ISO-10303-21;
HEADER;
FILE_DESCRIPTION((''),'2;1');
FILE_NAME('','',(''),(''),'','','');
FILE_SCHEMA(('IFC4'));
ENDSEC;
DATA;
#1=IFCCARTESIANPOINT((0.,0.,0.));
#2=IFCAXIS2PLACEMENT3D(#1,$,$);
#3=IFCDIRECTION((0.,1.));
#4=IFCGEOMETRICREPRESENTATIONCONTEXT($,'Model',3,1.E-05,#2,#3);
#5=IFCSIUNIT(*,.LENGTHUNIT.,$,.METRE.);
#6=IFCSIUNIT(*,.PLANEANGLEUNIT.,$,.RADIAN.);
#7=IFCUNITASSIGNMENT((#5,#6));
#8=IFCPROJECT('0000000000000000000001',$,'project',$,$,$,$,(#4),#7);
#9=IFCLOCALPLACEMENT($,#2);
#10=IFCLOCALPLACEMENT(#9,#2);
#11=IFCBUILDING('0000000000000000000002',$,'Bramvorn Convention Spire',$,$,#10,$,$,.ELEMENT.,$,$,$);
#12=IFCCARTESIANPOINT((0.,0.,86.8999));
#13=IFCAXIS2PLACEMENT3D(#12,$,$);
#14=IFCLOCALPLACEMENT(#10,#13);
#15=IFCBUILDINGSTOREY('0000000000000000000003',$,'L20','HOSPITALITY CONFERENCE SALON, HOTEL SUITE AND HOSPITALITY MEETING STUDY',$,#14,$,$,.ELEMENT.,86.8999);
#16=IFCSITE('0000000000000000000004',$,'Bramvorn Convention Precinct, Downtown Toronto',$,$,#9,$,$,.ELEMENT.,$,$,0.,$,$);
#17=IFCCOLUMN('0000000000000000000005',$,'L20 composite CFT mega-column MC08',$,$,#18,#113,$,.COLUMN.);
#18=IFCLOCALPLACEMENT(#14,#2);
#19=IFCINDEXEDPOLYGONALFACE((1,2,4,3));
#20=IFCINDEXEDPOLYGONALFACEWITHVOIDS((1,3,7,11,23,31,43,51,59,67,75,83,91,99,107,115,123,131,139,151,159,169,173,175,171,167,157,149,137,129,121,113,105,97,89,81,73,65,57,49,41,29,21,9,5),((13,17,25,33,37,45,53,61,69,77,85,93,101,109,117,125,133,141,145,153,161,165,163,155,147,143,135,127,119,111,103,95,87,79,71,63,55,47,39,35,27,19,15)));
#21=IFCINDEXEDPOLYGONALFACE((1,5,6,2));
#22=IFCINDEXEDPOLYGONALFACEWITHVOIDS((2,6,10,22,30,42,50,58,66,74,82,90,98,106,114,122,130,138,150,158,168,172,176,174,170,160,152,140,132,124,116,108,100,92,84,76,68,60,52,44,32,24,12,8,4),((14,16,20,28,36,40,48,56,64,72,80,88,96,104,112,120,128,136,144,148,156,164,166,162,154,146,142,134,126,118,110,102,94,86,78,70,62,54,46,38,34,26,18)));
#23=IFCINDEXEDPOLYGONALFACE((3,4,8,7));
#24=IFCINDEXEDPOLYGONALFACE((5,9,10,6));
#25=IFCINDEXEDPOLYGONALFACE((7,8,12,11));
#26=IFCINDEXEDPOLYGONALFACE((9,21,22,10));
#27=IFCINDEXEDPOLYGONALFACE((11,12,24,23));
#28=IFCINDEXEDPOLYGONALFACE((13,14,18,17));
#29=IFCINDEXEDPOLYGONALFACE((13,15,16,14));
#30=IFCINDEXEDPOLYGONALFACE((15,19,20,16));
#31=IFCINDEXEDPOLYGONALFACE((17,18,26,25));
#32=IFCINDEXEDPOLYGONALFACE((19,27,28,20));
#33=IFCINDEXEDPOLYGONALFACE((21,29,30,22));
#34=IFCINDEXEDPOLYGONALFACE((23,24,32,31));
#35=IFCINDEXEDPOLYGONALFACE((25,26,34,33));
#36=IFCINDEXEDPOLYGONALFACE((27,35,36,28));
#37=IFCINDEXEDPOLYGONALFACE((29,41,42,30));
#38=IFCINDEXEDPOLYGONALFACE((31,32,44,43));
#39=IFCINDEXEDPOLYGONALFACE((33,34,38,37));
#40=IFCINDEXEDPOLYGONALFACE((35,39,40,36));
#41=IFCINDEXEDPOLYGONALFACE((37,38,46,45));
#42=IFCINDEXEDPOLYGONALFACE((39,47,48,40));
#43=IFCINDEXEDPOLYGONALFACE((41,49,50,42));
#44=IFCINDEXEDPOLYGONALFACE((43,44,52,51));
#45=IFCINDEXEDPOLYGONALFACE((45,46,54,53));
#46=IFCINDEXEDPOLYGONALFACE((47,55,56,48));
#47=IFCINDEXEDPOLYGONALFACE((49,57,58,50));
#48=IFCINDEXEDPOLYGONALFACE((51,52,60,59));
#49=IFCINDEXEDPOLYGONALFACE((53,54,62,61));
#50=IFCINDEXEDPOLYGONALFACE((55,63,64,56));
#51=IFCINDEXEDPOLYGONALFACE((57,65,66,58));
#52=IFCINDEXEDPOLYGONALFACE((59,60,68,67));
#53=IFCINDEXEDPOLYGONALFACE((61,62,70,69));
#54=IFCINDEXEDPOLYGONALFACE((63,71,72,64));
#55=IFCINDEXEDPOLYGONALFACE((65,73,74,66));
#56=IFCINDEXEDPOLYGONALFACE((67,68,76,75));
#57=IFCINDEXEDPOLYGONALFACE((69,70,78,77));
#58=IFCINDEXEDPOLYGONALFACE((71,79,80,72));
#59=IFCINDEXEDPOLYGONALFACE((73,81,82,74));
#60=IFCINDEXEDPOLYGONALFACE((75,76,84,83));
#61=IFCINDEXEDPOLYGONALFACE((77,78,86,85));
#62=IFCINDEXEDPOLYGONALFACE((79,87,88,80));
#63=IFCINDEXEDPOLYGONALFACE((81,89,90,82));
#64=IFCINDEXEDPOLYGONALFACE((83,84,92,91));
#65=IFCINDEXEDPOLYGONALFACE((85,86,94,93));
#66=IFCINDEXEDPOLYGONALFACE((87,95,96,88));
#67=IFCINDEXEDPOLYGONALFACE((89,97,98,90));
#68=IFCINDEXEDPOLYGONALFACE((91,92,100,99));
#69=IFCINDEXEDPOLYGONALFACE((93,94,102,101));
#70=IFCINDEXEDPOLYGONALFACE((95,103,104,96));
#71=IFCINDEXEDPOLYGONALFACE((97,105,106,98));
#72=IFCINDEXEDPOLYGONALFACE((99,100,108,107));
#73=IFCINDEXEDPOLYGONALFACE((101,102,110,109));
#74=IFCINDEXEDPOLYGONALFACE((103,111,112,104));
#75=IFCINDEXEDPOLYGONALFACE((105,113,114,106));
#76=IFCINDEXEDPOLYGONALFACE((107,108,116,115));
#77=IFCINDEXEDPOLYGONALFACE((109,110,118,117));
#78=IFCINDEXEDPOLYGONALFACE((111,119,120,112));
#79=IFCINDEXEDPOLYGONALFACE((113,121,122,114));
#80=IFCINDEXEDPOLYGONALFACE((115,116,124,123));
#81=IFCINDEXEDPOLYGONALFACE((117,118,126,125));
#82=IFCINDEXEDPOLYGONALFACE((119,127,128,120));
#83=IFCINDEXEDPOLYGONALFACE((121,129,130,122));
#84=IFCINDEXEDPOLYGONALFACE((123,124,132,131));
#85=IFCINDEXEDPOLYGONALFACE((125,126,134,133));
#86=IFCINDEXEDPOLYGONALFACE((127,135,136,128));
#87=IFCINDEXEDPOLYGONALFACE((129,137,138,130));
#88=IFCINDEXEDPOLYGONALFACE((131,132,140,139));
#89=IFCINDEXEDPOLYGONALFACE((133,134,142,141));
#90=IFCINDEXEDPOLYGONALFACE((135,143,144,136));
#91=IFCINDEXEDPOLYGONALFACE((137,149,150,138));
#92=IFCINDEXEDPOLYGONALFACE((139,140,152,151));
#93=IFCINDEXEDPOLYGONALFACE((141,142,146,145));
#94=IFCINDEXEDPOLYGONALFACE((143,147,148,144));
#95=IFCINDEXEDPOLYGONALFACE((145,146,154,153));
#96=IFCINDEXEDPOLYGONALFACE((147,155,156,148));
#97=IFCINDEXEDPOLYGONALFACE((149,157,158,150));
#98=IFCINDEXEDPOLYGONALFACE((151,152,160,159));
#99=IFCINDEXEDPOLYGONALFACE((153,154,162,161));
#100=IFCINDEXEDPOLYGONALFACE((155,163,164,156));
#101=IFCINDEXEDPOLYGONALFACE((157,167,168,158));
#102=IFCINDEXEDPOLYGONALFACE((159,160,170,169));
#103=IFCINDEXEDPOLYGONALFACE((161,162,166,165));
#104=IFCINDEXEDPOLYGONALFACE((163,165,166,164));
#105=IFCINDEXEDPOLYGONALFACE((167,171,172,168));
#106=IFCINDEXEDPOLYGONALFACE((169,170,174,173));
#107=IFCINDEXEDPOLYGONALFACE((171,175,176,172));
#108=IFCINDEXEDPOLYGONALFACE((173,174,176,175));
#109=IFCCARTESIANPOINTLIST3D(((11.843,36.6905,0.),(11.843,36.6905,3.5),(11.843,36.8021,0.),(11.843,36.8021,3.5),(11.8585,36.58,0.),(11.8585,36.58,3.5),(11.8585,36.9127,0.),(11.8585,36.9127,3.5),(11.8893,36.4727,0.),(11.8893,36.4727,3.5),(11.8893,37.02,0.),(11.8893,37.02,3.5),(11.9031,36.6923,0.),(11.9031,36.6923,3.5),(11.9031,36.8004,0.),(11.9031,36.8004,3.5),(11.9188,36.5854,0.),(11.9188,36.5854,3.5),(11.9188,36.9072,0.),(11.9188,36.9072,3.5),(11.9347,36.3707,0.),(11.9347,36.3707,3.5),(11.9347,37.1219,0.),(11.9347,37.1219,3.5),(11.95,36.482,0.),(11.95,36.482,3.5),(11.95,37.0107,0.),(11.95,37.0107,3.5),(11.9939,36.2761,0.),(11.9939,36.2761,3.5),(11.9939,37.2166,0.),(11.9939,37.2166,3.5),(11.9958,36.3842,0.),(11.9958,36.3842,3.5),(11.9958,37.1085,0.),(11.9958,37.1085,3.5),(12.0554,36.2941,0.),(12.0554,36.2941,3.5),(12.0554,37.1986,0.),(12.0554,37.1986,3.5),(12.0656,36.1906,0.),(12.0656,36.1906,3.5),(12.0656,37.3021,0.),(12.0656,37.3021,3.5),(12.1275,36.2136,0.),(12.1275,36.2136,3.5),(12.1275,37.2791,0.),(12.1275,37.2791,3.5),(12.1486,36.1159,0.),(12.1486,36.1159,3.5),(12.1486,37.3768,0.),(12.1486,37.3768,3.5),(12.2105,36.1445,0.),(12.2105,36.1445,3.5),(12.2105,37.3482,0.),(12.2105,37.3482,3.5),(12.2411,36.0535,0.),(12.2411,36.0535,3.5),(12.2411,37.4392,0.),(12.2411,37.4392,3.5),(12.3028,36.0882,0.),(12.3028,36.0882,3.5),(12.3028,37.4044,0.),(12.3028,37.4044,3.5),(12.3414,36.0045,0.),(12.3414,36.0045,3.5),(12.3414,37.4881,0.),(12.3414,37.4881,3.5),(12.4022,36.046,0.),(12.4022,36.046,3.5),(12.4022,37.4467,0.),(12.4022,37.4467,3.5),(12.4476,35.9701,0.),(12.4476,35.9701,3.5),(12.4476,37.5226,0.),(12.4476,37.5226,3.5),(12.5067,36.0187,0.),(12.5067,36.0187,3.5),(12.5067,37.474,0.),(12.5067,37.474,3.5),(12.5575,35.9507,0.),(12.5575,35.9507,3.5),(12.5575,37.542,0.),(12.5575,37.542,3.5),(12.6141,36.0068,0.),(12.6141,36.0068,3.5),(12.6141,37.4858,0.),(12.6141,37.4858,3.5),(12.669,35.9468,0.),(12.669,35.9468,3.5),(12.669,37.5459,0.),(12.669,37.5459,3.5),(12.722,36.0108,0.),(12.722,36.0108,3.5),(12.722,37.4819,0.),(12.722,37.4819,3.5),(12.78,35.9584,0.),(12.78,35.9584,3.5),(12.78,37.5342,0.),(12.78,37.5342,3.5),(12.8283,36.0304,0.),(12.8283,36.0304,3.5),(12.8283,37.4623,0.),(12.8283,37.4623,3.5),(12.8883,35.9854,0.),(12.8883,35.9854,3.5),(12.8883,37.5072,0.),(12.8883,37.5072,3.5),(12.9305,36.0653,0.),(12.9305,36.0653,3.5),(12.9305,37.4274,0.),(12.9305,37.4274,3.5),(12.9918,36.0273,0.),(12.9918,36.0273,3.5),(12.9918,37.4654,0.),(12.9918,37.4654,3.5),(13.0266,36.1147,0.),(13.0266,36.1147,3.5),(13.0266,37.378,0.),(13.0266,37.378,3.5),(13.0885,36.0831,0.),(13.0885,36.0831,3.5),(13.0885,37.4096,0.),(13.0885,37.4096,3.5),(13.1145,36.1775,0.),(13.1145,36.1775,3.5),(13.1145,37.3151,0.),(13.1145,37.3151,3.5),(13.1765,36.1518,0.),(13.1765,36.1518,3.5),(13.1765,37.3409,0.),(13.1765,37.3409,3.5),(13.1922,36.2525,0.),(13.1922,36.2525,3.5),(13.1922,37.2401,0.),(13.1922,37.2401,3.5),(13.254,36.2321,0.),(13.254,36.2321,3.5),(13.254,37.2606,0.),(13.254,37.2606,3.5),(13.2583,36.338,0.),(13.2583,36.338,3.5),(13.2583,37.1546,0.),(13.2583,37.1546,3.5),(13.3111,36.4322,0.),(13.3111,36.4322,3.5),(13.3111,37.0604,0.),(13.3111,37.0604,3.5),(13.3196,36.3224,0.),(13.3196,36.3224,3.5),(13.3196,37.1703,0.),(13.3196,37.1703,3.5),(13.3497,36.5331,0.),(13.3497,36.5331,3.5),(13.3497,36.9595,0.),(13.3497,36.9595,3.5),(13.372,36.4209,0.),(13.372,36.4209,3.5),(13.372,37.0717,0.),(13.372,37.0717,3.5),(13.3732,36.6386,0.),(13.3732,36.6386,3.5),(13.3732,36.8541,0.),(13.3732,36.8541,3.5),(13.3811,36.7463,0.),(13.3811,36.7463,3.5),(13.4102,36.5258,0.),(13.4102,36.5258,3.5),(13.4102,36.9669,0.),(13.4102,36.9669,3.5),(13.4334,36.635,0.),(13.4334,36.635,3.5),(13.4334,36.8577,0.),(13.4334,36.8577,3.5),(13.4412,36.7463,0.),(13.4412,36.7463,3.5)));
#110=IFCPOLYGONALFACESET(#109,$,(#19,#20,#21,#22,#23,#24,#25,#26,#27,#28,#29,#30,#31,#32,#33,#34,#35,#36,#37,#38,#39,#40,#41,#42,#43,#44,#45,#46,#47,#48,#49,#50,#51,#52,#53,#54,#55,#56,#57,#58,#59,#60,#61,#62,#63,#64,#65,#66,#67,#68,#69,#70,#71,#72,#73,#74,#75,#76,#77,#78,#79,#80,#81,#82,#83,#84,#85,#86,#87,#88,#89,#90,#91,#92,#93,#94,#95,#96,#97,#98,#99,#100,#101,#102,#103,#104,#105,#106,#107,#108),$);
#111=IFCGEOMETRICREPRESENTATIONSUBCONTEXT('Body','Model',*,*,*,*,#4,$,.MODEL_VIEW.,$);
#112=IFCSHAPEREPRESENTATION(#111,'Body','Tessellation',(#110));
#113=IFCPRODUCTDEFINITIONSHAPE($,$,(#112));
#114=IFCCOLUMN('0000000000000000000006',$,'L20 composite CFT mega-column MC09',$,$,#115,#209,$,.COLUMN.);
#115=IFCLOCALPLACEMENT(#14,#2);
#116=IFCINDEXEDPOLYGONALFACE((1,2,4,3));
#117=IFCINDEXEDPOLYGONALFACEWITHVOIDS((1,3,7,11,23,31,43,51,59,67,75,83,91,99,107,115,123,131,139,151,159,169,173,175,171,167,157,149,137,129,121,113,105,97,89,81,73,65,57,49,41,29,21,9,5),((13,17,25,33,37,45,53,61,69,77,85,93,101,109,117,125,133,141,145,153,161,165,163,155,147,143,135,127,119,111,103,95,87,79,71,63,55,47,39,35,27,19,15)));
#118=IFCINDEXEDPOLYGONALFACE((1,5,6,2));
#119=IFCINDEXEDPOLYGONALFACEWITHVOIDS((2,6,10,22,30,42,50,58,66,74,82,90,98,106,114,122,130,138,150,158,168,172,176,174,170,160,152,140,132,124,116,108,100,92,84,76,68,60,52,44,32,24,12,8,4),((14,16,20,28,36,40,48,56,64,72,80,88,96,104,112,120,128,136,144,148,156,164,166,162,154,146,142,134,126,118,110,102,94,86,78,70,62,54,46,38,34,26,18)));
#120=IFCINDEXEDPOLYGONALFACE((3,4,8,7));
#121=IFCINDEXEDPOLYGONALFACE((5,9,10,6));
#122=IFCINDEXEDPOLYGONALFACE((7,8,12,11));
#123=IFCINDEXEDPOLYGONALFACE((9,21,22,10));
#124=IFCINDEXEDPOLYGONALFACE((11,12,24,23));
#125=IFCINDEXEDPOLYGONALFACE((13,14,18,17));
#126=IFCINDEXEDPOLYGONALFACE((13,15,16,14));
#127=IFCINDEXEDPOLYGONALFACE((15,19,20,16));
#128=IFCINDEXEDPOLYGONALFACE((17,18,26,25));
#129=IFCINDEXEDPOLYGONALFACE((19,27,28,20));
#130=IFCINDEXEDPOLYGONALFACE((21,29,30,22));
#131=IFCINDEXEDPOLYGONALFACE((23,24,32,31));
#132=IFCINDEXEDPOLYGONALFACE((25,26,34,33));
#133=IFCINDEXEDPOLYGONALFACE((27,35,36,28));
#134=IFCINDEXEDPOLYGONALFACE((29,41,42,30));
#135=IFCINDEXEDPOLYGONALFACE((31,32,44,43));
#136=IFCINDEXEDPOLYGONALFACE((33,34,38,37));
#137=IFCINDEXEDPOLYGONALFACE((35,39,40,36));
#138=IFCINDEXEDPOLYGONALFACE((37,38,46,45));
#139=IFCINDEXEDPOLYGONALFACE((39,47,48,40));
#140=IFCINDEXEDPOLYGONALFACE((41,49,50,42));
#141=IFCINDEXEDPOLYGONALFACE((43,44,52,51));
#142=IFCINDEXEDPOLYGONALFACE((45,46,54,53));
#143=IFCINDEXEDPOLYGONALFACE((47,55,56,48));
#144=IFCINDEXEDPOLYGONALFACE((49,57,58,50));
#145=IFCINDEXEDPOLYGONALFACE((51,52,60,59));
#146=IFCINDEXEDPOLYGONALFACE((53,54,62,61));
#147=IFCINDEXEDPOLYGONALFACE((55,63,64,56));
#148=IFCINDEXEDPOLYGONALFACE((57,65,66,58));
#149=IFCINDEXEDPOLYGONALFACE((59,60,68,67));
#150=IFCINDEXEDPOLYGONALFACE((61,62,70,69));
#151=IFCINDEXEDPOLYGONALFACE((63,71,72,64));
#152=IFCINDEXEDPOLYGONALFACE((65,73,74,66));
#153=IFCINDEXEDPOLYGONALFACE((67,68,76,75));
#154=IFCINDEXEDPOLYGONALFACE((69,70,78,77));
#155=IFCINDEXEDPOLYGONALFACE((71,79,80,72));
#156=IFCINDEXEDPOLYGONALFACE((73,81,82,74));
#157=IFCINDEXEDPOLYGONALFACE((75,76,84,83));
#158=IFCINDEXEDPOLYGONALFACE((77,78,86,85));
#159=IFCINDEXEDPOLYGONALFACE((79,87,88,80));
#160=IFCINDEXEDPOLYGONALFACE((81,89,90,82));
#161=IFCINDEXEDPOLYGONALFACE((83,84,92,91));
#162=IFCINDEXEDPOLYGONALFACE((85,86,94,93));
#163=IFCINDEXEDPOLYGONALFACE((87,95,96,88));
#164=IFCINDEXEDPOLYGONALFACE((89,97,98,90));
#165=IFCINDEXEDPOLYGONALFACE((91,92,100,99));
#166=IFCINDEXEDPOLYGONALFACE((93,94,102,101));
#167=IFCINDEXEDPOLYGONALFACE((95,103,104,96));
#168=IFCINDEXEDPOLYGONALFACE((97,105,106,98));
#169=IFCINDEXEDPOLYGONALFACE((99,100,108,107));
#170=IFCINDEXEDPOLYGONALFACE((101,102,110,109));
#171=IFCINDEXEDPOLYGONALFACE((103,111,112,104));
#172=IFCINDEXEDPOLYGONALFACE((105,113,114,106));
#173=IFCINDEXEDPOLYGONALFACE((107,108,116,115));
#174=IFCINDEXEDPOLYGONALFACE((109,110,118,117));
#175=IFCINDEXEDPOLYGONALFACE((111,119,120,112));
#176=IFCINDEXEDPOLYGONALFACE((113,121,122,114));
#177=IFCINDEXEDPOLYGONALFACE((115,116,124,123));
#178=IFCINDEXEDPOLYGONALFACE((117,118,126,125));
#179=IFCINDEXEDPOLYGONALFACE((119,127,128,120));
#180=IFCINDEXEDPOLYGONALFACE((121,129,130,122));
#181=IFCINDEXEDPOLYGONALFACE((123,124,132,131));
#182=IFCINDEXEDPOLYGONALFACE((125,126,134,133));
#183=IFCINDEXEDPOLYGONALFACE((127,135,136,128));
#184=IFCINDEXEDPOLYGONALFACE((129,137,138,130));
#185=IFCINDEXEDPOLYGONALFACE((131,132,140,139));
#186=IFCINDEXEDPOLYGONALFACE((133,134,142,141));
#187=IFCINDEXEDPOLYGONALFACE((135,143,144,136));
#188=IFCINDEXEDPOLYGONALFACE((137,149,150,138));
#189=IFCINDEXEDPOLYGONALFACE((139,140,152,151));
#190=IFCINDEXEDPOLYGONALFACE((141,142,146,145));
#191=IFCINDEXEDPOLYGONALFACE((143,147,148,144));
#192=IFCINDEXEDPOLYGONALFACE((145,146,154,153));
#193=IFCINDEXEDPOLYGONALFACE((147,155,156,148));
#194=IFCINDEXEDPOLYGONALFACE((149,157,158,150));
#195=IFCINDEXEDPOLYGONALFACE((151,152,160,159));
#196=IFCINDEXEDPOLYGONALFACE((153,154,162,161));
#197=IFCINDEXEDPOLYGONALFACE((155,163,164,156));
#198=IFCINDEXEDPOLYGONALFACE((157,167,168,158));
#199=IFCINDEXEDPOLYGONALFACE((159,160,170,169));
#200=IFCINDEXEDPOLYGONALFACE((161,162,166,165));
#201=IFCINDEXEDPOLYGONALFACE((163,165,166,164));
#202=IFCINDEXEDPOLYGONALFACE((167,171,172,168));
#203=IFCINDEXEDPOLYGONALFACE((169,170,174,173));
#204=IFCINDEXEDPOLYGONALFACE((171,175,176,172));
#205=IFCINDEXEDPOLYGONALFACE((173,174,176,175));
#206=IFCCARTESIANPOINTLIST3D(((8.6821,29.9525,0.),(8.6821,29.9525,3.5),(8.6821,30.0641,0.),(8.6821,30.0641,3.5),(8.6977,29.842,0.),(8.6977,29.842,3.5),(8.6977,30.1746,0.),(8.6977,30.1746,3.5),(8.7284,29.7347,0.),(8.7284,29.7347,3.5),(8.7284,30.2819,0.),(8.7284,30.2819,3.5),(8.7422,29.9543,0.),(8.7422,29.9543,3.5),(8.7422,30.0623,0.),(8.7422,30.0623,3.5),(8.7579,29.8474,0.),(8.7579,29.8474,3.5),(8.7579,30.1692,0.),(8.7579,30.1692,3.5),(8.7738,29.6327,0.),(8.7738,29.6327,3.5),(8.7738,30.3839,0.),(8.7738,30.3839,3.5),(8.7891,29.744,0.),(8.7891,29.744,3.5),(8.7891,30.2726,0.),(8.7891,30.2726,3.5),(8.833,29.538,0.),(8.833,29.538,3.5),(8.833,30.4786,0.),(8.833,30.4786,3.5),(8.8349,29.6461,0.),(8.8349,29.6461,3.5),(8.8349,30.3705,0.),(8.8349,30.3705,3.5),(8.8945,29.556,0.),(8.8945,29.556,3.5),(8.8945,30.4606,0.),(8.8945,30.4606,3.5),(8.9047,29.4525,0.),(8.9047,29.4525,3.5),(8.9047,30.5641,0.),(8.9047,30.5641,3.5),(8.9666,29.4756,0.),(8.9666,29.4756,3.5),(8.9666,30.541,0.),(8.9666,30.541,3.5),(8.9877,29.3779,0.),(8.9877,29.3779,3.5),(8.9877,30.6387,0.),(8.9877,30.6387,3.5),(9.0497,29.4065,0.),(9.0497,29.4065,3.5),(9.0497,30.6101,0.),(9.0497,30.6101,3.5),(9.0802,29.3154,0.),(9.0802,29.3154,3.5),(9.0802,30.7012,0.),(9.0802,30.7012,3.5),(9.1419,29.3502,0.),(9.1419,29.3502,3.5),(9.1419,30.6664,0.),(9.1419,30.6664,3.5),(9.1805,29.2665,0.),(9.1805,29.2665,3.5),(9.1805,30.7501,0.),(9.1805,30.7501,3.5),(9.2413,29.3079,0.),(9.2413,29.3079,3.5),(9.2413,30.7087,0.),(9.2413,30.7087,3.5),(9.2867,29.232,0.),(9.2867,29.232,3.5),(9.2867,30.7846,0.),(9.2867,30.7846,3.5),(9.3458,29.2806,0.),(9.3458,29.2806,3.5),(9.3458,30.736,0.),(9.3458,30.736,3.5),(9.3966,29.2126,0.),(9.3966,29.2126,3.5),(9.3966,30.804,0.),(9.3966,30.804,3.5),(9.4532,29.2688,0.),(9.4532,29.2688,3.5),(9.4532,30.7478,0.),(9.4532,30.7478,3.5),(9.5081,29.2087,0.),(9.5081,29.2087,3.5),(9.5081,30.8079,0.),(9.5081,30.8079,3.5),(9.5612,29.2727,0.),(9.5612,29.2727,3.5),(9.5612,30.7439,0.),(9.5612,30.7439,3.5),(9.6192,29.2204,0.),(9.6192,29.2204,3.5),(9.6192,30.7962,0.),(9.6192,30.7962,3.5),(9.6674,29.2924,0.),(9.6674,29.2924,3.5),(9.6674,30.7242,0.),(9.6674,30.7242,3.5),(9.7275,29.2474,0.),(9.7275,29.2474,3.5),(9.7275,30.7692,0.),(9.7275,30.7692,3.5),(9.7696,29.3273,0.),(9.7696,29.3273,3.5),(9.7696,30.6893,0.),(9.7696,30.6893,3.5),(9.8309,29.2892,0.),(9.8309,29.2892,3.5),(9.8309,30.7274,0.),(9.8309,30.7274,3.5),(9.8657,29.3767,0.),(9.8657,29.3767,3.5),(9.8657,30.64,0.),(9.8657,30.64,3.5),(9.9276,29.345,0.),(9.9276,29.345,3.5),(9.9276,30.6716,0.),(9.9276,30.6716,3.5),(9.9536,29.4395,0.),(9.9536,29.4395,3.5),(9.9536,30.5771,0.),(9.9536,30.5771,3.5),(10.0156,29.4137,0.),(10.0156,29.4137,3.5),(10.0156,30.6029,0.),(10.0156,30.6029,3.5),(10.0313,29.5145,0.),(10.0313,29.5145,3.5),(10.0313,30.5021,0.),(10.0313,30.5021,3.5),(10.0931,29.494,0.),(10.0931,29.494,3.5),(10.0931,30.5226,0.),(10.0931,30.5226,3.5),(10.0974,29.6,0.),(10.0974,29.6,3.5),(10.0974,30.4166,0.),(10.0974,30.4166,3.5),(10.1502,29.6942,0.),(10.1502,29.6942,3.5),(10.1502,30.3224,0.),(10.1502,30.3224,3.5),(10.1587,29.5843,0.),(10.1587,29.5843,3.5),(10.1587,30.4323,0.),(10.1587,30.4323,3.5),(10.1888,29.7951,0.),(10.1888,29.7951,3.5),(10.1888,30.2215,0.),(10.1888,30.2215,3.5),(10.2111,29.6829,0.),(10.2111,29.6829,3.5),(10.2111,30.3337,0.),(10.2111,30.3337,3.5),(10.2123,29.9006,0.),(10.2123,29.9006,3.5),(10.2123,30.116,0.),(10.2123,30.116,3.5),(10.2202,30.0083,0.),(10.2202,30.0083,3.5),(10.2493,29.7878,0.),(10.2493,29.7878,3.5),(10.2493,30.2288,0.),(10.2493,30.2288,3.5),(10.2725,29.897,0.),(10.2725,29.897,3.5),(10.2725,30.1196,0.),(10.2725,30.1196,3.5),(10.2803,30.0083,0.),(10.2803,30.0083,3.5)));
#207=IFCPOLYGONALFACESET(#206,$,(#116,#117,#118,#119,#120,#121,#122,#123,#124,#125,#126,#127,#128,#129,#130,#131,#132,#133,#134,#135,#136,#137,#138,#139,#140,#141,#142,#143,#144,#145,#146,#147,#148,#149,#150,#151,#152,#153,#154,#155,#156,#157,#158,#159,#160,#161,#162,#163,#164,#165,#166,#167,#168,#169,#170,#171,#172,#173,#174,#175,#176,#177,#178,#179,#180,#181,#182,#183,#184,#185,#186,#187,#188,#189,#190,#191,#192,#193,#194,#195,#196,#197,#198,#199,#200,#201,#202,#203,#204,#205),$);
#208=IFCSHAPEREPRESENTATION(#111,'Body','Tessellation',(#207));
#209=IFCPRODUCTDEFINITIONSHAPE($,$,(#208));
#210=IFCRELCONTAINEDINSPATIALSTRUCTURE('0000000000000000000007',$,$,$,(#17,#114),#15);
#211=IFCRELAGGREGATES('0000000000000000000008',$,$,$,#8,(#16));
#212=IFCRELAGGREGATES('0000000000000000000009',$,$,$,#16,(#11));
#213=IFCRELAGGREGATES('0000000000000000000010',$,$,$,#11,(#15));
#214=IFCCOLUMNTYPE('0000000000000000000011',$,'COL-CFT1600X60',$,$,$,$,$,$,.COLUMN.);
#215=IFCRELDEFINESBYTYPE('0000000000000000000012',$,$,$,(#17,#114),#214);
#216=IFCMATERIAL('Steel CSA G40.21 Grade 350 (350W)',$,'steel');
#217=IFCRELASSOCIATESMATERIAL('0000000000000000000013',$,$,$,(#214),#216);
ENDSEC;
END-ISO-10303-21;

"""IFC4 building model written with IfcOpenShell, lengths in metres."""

from ifc_helpers import new_model, si_unit, direction, frame, origin, origin_2d, place, context, subcontext, project, spatial, hollow_circle, extrude, material, material_profile, profile_set, type_object, element, save


model = new_model("IFC4")

# Units and contexts
model_context = context("Model", 3, precision=1e-05, world=origin(), true_north=direction((0.0, 1.0)))
body_context = subcontext(model_context, "Body", "Model", "MODEL_VIEW")
ifc_project = project(units=[si_unit("LENGTHUNIT", "METRE"), si_unit("PLANEANGLEUNIT", "RADIAN")], contexts=[model_context])

# Site, building, storey
site_placement = place(None, origin())
site = spatial("IfcSite", under=ifc_project, at=site_placement, Name="Bramvorn Convention Precinct, Downtown Toronto", CompositionType="ELEMENT", RefElevation=0.0)
building_placement = place(site_placement, origin())
building = spatial("IfcBuilding", under=site, at=building_placement, Name="Bramvorn Convention Spire", CompositionType="ELEMENT")
storey_placement = place(building_placement, frame((0.0, 0.0, 86.8999)))
storey = spatial("IfcBuildingStorey", under=building, at=storey_placement, Name="L20", Description="HOSPITALITY CONFERENCE SALON, HOTEL SUITE AND HOSPITALITY MEETING STUDY", CompositionType="ELEMENT", Elevation=86.8999)

# Columns
ifc_material_1 = material(Name="Steel CSA G40.21 Grade 350 (350W)", Category="steel")
ifc_material_profile_1 = material_profile(ifc_material_1, hollow_circle(Radius=0.8, WallThickness=0.0601, at=origin_2d()))
ifc_profile_set_1 = profile_set([ifc_material_profile_1], Name="Steel CSA G40.21 Grade 350 (350W) - CFT1600X60")
column_type = type_object("IfcColumnType", Name="COL-CFT1600X60", PredefinedType="COLUMN", material=ifc_profile_set_1)
for number, where, z_axis, x_axis, name in (
    (1, (12.6411, 36.7463, 0.0), (0.0, 0.0, 1.0), (1.0, 0.0, 0.0), "L20 composite CFT mega-column MC08"),
    (2, (9.4802, 30.0083, 0.0), (0.0, 0.0, 1.0), (1.0, 0.0, 0.0), "L20 composite CFT mega-column MC09"),
):
    element("IfcColumn", number, at=place(storey_placement, frame(where, z_axis=z_axis, x_axis=x_axis)), inside=storey, type_object=column_type, Name=name, PredefinedType="COLUMN", context=body_context, shape_type="SweptSolid", body=[
        extrude(hollow_circle(Radius=0.8, WallThickness=0.0601, at=origin_2d()), origin(), (0.0, 0.0, 1.0), 3.5),
    ])

save(model, "model.ifc")
